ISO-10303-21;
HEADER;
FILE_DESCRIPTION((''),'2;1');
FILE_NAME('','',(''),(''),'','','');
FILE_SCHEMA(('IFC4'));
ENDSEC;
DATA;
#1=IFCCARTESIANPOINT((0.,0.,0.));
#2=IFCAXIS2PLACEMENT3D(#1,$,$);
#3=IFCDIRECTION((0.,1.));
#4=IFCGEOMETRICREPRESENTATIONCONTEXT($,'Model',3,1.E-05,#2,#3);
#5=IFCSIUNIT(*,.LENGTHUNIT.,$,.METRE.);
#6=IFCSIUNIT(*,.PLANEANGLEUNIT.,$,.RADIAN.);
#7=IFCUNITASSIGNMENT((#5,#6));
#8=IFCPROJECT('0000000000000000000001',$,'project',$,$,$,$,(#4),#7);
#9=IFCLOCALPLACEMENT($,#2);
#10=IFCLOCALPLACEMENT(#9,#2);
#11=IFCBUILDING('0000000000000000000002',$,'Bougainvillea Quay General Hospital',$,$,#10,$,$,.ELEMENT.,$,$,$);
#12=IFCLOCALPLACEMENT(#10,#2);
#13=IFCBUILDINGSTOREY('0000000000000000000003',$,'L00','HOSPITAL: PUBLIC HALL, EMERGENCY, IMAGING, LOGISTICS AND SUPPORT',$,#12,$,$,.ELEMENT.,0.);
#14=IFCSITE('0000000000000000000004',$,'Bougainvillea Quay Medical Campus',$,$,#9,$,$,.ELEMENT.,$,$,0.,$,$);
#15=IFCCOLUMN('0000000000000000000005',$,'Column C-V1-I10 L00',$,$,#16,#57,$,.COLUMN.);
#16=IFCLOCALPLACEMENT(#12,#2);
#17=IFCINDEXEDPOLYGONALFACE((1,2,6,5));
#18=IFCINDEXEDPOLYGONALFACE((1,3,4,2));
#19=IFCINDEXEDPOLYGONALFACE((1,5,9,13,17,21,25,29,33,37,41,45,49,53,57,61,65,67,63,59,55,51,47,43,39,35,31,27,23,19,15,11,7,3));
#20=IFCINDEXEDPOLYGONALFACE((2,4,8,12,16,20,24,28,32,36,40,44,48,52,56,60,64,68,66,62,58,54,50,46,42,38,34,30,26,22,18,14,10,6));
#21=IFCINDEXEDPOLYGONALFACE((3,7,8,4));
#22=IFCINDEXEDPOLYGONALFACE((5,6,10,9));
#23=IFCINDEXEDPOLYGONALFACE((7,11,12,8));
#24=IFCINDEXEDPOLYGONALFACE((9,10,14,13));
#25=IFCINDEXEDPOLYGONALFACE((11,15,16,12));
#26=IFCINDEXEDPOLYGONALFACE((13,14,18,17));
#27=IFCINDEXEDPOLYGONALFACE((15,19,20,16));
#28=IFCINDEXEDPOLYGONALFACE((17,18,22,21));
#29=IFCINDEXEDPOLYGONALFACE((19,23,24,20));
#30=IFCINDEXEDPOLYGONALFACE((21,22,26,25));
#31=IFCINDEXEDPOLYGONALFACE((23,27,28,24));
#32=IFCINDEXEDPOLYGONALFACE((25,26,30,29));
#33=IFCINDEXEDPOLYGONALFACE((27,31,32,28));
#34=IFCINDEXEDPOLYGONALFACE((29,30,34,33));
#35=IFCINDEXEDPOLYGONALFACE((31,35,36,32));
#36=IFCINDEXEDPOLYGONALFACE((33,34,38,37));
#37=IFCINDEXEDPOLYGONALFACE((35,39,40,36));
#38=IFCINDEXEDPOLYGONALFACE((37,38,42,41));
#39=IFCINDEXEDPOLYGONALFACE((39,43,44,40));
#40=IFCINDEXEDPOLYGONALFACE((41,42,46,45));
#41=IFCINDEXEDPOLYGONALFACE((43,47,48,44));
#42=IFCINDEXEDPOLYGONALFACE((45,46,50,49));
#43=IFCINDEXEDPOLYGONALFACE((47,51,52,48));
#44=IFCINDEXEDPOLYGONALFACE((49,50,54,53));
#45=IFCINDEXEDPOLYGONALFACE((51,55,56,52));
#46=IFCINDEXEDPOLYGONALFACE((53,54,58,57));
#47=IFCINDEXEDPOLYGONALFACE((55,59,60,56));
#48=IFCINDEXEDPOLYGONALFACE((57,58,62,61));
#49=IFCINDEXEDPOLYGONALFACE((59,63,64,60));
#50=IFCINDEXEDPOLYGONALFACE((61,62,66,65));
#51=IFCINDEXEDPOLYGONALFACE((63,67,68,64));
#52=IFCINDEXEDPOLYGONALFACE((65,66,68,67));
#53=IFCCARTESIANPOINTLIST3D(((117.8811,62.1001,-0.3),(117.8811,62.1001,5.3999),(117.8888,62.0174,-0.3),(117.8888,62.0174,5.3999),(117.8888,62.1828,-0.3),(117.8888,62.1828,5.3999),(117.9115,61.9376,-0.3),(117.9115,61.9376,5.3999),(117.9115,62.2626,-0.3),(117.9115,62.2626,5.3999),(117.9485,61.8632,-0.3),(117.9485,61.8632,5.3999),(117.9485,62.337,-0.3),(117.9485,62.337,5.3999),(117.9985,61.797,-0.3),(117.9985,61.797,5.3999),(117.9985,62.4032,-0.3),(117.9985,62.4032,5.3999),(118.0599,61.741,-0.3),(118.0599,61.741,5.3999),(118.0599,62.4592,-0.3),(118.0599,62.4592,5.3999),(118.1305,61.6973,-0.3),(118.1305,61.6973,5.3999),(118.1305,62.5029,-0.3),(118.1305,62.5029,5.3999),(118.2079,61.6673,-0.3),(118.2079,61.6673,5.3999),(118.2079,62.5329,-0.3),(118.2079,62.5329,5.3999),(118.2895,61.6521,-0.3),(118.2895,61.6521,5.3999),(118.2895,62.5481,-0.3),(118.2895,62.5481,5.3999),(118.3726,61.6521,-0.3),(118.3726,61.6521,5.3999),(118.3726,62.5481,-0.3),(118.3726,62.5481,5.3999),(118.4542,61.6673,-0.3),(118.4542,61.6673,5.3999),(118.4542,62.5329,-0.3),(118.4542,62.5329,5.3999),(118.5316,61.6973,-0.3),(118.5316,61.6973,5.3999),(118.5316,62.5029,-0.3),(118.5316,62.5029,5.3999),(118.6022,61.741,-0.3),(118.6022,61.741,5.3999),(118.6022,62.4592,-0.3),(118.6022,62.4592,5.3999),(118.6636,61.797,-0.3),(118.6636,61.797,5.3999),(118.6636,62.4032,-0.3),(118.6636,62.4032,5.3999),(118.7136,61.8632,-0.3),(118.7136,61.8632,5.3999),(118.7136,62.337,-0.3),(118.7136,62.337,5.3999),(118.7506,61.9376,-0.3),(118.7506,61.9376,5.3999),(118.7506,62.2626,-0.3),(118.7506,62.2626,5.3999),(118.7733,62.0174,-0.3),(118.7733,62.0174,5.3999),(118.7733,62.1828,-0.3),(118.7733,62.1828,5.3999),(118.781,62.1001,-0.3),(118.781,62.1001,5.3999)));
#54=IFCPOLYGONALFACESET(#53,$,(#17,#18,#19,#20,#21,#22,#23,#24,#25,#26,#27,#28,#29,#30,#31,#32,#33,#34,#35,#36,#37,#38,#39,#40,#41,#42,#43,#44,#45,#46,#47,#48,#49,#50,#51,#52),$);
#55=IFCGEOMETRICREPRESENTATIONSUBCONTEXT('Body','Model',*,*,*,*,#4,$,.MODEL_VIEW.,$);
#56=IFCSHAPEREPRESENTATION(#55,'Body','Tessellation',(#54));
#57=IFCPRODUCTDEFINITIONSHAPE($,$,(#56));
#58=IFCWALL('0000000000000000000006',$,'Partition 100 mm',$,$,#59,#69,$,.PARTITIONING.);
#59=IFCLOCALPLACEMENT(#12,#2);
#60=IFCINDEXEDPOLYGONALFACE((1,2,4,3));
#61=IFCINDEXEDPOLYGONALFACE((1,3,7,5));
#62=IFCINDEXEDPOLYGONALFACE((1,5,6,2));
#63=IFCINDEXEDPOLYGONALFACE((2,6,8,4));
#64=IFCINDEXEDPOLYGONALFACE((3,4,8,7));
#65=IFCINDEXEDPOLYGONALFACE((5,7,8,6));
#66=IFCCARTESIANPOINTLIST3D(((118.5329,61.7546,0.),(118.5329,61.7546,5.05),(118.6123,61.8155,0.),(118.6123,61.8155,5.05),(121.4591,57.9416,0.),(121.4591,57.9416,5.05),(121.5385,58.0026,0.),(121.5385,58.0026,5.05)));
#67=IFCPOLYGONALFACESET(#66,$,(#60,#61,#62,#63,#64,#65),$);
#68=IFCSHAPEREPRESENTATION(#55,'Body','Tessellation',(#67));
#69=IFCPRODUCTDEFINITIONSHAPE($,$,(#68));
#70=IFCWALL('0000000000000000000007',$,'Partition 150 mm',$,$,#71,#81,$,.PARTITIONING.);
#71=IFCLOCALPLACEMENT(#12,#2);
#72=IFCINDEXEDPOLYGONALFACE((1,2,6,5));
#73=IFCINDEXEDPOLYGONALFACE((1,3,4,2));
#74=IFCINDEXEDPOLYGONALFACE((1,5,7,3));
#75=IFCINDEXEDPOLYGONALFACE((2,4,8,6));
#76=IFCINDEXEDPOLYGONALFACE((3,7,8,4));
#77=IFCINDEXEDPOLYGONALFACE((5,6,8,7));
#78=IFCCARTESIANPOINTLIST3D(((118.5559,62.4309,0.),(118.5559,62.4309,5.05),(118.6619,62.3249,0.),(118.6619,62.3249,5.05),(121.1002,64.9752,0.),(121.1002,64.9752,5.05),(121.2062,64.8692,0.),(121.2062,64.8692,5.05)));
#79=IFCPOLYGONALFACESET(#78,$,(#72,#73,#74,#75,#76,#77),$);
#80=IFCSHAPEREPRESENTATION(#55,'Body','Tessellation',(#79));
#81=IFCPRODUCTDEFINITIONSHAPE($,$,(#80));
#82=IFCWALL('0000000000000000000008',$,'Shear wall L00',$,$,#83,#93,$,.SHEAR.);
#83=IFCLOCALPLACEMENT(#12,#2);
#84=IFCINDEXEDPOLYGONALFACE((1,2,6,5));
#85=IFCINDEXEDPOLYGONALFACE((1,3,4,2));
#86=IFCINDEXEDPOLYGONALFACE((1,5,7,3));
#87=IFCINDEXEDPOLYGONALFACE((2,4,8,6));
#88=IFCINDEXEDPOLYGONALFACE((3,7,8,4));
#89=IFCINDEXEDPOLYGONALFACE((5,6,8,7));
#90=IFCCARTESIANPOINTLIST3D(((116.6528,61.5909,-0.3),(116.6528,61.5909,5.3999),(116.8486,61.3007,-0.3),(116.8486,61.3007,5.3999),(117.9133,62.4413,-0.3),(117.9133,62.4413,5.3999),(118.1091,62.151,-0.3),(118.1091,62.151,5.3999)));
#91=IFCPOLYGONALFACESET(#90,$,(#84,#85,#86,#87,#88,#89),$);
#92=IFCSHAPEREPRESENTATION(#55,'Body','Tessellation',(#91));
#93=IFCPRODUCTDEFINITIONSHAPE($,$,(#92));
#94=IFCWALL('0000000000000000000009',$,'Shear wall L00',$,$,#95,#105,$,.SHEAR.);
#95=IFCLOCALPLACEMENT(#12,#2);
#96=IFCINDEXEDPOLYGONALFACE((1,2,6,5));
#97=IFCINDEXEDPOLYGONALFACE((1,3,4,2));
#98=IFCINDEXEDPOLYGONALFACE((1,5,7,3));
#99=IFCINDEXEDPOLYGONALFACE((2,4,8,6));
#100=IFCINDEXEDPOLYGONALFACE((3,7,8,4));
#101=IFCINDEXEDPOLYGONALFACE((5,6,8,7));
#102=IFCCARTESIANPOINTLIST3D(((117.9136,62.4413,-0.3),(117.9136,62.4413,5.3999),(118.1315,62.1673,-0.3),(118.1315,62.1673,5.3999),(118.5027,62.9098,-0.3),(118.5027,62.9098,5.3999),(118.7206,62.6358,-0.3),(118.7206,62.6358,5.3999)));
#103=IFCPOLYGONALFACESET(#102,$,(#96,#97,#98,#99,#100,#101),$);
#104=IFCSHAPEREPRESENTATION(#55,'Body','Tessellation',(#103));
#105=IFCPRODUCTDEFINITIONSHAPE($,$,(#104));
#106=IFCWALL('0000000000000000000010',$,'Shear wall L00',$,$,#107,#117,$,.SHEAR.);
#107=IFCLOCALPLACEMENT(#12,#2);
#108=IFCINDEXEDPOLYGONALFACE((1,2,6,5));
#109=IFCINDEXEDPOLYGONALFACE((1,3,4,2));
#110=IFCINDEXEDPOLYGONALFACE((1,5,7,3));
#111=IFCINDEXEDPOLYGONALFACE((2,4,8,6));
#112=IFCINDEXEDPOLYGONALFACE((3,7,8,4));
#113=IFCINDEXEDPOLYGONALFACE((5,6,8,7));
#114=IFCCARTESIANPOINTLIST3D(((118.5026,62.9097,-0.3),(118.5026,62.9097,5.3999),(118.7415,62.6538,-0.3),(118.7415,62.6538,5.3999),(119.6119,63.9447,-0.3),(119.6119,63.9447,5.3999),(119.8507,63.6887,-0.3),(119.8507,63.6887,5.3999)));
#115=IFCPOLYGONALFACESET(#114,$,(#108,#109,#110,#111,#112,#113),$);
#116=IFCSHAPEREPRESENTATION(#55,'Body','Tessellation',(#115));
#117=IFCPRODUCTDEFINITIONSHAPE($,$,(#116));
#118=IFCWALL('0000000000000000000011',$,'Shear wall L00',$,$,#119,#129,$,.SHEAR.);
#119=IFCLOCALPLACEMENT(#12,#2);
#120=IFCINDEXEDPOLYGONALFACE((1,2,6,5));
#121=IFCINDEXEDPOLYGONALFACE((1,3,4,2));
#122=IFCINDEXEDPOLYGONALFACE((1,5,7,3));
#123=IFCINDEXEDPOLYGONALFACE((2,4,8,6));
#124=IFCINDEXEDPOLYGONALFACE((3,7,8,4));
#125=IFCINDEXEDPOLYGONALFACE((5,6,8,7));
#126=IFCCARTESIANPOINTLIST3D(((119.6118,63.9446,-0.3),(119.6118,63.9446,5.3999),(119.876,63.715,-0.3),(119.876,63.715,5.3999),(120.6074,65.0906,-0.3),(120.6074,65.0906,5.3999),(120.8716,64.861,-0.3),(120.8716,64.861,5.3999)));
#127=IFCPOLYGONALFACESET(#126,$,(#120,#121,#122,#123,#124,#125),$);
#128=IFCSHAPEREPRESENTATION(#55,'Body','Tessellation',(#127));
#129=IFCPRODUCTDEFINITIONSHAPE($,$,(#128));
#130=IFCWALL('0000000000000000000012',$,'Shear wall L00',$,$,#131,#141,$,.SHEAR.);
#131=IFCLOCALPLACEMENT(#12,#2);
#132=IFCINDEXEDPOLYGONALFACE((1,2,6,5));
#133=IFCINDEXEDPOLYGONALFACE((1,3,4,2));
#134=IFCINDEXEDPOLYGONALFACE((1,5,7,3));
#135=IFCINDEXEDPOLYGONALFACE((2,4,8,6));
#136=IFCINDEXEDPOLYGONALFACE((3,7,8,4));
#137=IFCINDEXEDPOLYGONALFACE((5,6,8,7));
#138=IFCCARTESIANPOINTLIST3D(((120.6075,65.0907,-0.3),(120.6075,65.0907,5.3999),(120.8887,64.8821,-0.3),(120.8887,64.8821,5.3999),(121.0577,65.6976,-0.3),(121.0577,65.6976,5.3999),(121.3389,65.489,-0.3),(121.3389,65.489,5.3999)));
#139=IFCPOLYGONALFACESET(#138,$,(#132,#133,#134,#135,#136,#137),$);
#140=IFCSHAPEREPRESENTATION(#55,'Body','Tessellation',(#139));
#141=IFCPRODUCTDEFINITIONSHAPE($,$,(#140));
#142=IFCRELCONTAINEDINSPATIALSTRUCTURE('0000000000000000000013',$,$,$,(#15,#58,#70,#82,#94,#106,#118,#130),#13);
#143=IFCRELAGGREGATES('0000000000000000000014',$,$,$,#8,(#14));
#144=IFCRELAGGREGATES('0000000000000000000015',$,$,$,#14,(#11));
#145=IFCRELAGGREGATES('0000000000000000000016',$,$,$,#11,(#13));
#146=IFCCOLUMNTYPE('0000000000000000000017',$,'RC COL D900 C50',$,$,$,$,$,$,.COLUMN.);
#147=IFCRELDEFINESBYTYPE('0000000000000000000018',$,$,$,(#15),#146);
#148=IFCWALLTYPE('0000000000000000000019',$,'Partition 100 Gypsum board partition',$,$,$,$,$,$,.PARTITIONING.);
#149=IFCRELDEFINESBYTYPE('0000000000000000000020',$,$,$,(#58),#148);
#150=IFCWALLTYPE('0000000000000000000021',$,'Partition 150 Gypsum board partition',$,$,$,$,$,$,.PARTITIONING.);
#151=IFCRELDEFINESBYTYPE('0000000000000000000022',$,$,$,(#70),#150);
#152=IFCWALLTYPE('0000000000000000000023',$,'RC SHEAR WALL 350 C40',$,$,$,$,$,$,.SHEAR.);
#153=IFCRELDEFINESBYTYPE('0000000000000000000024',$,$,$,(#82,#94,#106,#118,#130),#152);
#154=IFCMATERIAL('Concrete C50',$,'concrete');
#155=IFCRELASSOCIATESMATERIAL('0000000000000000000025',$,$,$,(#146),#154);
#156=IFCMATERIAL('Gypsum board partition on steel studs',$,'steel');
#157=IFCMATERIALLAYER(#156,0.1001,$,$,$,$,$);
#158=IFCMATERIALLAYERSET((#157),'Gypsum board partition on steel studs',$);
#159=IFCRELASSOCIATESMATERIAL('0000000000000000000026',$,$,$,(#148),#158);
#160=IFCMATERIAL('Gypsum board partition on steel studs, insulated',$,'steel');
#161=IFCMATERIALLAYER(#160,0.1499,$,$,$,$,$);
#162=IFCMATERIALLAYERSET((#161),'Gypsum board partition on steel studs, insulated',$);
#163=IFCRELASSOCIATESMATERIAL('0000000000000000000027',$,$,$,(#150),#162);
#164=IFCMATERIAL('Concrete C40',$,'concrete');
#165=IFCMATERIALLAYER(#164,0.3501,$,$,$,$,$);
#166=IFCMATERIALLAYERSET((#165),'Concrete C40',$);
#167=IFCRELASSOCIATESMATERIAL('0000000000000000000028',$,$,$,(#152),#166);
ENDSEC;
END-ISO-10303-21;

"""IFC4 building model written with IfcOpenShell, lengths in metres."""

from ifc_helpers import new_model, si_unit, direction, frame, frame_2d, origin, origin_2d, place, context, subcontext, project, spatial, rectangle, circle, extrude, material, layer, layer_set, material_profile, profile_set, type_object, element, save


model = new_model("IFC4")

# Units and contexts
model_context = context("Model", 3, precision=1e-05, world=origin(), true_north=direction((0.0, 1.0)))
body_context = subcontext(model_context, "Body", "Model", "MODEL_VIEW")
ifc_project = project(units=[si_unit("LENGTHUNIT", "METRE"), si_unit("PLANEANGLEUNIT", "RADIAN")], contexts=[model_context])

# Site, building, storey
site_placement = place(None, origin())
site = spatial("IfcSite", under=ifc_project, at=site_placement, Name="Bougainvillea Quay Medical Campus", CompositionType="ELEMENT", RefElevation=0.0)
building_placement = place(site_placement, origin())
building = spatial("IfcBuilding", under=site, at=building_placement, Name="Bougainvillea Quay General Hospital", CompositionType="ELEMENT")
storey_placement = place(building_placement, origin())
storey = spatial("IfcBuildingStorey", under=building, at=storey_placement, Name="L00", Description="HOSPITAL: PUBLIC HALL, EMERGENCY, IMAGING, LOGISTICS AND SUPPORT", CompositionType="ELEMENT", Elevation=0.0)

# Shared definitions
ifc_material_1 = material(Name="Concrete C40", Category="concrete")

# Column
ifc_material_2 = material(Name="Concrete C50", Category="concrete")
ifc_material_profile_1 = material_profile(ifc_material_2, circle(Radius=0.45, at=origin_2d()))
ifc_profile_set_1 = profile_set([ifc_material_profile_1], Name="Concrete C50")
column_type = type_object("IfcColumnType", Name="RC COL D900 C50", PredefinedType="COLUMN", material=ifc_profile_set_1)
column_placement = place(storey_placement, frame((118.3311, 62.1001, -0.3), z_axis=(0.0, 0.0, 1.0), x_axis=(1.0, 0.0, 0.0)))
element("IfcColumn", 1, at=column_placement, inside=storey, type_object=column_type, Name="Column C-V1-I10 L00", PredefinedType="COLUMN", context=body_context, shape_type="SweptSolid", body=[
    extrude(circle(Radius=0.45, at=origin_2d()), origin(), (0.0, 0.0, 1.0), 5.7),
])

# Walls
ifc_material_3 = material(Name="Gypsum board partition on steel studs", Category="steel")
ifc_layer_1 = layer(ifc_material_3, 0.1001)
ifc_layer_set_1 = layer_set([ifc_layer_1], Name="Gypsum board partition on steel studs")
wall_type_1 = type_object("IfcWallType", Name="Partition 100 Gypsum board partition", PredefinedType="PARTITIONING", material=ifc_layer_set_1)
wall_1_placement = place(storey_placement, frame((118.5725, 61.7852, 0.0), z_axis=(0.0, 0.0, 1.0), x_axis=(0.608822, -0.793307, 0.0)))
element("IfcWall", 2, at=wall_1_placement, inside=storey, type_object=wall_type_1, Name="Partition 100 mm", PredefinedType="PARTITIONING", context=body_context, shape_type="SweptSolid", body=[
    extrude(rectangle(XDim=4.8064, YDim=0.1001, at=frame_2d((2.4033, 0.0))), origin(), (0.0, 0.0, 1.0), 5.05),
])
ifc_material_4 = material(Name="Gypsum board partition on steel studs, insulated", Category="steel")
ifc_layer_2 = layer(ifc_material_4, 0.1499)
ifc_layer_set_2 = layer_set([ifc_layer_2], Name="Gypsum board partition on steel studs, insulated")
wall_type_2 = type_object("IfcWallType", Name="Partition 150 Gypsum board partition", PredefinedType="PARTITIONING", material=ifc_layer_set_2)
wall_2_placement = place(storey_placement, frame((118.6089, 62.3779, 0.0), z_axis=(0.0, 0.0, 1.0), x_axis=(0.707107, 0.707107, 0.0)))
element("IfcWall", 3, at=wall_2_placement, inside=storey, type_object=wall_type_2, Name="Partition 150 mm", PredefinedType="PARTITIONING", context=body_context, shape_type="SweptSolid", body=[
    extrude(rectangle(XDim=3.5981, YDim=0.1499, at=frame_2d((1.7991, 0.0))), origin(), (0.0, 0.0, 1.0), 5.05),
])
ifc_layer_3 = layer(ifc_material_1, 0.3501)
ifc_layer_set_3 = layer_set([ifc_layer_3], Name="Concrete C40")
wall_type_3 = type_object("IfcWallType", Name="RC SHEAR WALL 350 C40", PredefinedType="SHEAR", material=ifc_layer_set_3)
wall_3_placement = place(storey_placement, frame((116.7507, 61.4458, -0.3), z_axis=(0.0, 0.0, 1.0), x_axis=(0.828999, 0.559249, 0.0)))
element("IfcWall", 4, at=wall_3_placement, inside=storey, type_object=wall_type_3, Name="Shear wall L00", PredefinedType="SHEAR", context=body_context, shape_type="SweptSolid", body=[
    extrude(rectangle(XDim=1.5205, YDim=0.3501, at=frame_2d((0.7603, 0.0))), origin(), (0.0, 0.0, 1.0), 5.7),
])
wall_4_placement = place(storey_placement, frame((118.0225, 62.3042, -0.3), z_axis=(0.0, 0.0, 1.0), x_axis=(0.782669, 0.622438, 0.0)))
element("IfcWall", 5, at=wall_4_placement, inside=storey, type_object=wall_type_3, Name="Shear wall L00", PredefinedType="SHEAR", context=body_context, shape_type="SweptSolid", body=[
    extrude(rectangle(XDim=0.7527, YDim=0.3501, at=frame_2d((0.3765, 0.0))), origin(), (0.0, 0.0, 1.0), 5.7),
])
wall_5_placement = place(storey_placement, frame((118.6221, 62.7817, -0.3), z_axis=(0.0, 0.0, 1.0), x_axis=(0.731146, 0.682221, 0.0)))
element("IfcWall", 6, at=wall_5_placement, inside=storey, type_object=wall_type_3, Name="Shear wall L00", PredefinedType="SHEAR", context=body_context, shape_type="SweptSolid", body=[
    extrude(rectangle(XDim=1.5171, YDim=0.3501, at=frame_2d((0.7585, 0.0))), origin(), (0.0, 0.0, 1.0), 5.7),
])
wall_6_placement = place(storey_placement, frame((119.7439, 63.8298, -0.3), z_axis=(0.0, 0.0, 1.0), x_axis=(0.655836, 0.754903, 0.0)))
element("IfcWall", 7, at=wall_6_placement, inside=storey, type_object=wall_type_3, Name="Shear wall L00", PredefinedType="SHEAR", context=body_context, shape_type="SweptSolid", body=[
    extrude(rectangle(XDim=1.5181, YDim=0.3501, at=frame_2d((0.759, 0.0))), origin(), (0.0, 0.0, 1.0), 5.7),
])
wall_7_placement = place(storey_placement, frame((120.748, 64.9863, -0.3), z_axis=(0.0, 0.0, 1.0), x_axis=(0.595753, 0.803168, 0.0)))
element("IfcWall", 8, at=wall_7_placement, inside=storey, type_object=wall_type_3, Name="Shear wall L00", PredefinedType="SHEAR", context=body_context, shape_type="SweptSolid", body=[
    extrude(rectangle(XDim=0.7556, YDim=0.3501, at=frame_2d((0.3779, 0.0))), origin(), (0.0, 0.0, 1.0), 5.7),
])

save(model, "model.ifc")
